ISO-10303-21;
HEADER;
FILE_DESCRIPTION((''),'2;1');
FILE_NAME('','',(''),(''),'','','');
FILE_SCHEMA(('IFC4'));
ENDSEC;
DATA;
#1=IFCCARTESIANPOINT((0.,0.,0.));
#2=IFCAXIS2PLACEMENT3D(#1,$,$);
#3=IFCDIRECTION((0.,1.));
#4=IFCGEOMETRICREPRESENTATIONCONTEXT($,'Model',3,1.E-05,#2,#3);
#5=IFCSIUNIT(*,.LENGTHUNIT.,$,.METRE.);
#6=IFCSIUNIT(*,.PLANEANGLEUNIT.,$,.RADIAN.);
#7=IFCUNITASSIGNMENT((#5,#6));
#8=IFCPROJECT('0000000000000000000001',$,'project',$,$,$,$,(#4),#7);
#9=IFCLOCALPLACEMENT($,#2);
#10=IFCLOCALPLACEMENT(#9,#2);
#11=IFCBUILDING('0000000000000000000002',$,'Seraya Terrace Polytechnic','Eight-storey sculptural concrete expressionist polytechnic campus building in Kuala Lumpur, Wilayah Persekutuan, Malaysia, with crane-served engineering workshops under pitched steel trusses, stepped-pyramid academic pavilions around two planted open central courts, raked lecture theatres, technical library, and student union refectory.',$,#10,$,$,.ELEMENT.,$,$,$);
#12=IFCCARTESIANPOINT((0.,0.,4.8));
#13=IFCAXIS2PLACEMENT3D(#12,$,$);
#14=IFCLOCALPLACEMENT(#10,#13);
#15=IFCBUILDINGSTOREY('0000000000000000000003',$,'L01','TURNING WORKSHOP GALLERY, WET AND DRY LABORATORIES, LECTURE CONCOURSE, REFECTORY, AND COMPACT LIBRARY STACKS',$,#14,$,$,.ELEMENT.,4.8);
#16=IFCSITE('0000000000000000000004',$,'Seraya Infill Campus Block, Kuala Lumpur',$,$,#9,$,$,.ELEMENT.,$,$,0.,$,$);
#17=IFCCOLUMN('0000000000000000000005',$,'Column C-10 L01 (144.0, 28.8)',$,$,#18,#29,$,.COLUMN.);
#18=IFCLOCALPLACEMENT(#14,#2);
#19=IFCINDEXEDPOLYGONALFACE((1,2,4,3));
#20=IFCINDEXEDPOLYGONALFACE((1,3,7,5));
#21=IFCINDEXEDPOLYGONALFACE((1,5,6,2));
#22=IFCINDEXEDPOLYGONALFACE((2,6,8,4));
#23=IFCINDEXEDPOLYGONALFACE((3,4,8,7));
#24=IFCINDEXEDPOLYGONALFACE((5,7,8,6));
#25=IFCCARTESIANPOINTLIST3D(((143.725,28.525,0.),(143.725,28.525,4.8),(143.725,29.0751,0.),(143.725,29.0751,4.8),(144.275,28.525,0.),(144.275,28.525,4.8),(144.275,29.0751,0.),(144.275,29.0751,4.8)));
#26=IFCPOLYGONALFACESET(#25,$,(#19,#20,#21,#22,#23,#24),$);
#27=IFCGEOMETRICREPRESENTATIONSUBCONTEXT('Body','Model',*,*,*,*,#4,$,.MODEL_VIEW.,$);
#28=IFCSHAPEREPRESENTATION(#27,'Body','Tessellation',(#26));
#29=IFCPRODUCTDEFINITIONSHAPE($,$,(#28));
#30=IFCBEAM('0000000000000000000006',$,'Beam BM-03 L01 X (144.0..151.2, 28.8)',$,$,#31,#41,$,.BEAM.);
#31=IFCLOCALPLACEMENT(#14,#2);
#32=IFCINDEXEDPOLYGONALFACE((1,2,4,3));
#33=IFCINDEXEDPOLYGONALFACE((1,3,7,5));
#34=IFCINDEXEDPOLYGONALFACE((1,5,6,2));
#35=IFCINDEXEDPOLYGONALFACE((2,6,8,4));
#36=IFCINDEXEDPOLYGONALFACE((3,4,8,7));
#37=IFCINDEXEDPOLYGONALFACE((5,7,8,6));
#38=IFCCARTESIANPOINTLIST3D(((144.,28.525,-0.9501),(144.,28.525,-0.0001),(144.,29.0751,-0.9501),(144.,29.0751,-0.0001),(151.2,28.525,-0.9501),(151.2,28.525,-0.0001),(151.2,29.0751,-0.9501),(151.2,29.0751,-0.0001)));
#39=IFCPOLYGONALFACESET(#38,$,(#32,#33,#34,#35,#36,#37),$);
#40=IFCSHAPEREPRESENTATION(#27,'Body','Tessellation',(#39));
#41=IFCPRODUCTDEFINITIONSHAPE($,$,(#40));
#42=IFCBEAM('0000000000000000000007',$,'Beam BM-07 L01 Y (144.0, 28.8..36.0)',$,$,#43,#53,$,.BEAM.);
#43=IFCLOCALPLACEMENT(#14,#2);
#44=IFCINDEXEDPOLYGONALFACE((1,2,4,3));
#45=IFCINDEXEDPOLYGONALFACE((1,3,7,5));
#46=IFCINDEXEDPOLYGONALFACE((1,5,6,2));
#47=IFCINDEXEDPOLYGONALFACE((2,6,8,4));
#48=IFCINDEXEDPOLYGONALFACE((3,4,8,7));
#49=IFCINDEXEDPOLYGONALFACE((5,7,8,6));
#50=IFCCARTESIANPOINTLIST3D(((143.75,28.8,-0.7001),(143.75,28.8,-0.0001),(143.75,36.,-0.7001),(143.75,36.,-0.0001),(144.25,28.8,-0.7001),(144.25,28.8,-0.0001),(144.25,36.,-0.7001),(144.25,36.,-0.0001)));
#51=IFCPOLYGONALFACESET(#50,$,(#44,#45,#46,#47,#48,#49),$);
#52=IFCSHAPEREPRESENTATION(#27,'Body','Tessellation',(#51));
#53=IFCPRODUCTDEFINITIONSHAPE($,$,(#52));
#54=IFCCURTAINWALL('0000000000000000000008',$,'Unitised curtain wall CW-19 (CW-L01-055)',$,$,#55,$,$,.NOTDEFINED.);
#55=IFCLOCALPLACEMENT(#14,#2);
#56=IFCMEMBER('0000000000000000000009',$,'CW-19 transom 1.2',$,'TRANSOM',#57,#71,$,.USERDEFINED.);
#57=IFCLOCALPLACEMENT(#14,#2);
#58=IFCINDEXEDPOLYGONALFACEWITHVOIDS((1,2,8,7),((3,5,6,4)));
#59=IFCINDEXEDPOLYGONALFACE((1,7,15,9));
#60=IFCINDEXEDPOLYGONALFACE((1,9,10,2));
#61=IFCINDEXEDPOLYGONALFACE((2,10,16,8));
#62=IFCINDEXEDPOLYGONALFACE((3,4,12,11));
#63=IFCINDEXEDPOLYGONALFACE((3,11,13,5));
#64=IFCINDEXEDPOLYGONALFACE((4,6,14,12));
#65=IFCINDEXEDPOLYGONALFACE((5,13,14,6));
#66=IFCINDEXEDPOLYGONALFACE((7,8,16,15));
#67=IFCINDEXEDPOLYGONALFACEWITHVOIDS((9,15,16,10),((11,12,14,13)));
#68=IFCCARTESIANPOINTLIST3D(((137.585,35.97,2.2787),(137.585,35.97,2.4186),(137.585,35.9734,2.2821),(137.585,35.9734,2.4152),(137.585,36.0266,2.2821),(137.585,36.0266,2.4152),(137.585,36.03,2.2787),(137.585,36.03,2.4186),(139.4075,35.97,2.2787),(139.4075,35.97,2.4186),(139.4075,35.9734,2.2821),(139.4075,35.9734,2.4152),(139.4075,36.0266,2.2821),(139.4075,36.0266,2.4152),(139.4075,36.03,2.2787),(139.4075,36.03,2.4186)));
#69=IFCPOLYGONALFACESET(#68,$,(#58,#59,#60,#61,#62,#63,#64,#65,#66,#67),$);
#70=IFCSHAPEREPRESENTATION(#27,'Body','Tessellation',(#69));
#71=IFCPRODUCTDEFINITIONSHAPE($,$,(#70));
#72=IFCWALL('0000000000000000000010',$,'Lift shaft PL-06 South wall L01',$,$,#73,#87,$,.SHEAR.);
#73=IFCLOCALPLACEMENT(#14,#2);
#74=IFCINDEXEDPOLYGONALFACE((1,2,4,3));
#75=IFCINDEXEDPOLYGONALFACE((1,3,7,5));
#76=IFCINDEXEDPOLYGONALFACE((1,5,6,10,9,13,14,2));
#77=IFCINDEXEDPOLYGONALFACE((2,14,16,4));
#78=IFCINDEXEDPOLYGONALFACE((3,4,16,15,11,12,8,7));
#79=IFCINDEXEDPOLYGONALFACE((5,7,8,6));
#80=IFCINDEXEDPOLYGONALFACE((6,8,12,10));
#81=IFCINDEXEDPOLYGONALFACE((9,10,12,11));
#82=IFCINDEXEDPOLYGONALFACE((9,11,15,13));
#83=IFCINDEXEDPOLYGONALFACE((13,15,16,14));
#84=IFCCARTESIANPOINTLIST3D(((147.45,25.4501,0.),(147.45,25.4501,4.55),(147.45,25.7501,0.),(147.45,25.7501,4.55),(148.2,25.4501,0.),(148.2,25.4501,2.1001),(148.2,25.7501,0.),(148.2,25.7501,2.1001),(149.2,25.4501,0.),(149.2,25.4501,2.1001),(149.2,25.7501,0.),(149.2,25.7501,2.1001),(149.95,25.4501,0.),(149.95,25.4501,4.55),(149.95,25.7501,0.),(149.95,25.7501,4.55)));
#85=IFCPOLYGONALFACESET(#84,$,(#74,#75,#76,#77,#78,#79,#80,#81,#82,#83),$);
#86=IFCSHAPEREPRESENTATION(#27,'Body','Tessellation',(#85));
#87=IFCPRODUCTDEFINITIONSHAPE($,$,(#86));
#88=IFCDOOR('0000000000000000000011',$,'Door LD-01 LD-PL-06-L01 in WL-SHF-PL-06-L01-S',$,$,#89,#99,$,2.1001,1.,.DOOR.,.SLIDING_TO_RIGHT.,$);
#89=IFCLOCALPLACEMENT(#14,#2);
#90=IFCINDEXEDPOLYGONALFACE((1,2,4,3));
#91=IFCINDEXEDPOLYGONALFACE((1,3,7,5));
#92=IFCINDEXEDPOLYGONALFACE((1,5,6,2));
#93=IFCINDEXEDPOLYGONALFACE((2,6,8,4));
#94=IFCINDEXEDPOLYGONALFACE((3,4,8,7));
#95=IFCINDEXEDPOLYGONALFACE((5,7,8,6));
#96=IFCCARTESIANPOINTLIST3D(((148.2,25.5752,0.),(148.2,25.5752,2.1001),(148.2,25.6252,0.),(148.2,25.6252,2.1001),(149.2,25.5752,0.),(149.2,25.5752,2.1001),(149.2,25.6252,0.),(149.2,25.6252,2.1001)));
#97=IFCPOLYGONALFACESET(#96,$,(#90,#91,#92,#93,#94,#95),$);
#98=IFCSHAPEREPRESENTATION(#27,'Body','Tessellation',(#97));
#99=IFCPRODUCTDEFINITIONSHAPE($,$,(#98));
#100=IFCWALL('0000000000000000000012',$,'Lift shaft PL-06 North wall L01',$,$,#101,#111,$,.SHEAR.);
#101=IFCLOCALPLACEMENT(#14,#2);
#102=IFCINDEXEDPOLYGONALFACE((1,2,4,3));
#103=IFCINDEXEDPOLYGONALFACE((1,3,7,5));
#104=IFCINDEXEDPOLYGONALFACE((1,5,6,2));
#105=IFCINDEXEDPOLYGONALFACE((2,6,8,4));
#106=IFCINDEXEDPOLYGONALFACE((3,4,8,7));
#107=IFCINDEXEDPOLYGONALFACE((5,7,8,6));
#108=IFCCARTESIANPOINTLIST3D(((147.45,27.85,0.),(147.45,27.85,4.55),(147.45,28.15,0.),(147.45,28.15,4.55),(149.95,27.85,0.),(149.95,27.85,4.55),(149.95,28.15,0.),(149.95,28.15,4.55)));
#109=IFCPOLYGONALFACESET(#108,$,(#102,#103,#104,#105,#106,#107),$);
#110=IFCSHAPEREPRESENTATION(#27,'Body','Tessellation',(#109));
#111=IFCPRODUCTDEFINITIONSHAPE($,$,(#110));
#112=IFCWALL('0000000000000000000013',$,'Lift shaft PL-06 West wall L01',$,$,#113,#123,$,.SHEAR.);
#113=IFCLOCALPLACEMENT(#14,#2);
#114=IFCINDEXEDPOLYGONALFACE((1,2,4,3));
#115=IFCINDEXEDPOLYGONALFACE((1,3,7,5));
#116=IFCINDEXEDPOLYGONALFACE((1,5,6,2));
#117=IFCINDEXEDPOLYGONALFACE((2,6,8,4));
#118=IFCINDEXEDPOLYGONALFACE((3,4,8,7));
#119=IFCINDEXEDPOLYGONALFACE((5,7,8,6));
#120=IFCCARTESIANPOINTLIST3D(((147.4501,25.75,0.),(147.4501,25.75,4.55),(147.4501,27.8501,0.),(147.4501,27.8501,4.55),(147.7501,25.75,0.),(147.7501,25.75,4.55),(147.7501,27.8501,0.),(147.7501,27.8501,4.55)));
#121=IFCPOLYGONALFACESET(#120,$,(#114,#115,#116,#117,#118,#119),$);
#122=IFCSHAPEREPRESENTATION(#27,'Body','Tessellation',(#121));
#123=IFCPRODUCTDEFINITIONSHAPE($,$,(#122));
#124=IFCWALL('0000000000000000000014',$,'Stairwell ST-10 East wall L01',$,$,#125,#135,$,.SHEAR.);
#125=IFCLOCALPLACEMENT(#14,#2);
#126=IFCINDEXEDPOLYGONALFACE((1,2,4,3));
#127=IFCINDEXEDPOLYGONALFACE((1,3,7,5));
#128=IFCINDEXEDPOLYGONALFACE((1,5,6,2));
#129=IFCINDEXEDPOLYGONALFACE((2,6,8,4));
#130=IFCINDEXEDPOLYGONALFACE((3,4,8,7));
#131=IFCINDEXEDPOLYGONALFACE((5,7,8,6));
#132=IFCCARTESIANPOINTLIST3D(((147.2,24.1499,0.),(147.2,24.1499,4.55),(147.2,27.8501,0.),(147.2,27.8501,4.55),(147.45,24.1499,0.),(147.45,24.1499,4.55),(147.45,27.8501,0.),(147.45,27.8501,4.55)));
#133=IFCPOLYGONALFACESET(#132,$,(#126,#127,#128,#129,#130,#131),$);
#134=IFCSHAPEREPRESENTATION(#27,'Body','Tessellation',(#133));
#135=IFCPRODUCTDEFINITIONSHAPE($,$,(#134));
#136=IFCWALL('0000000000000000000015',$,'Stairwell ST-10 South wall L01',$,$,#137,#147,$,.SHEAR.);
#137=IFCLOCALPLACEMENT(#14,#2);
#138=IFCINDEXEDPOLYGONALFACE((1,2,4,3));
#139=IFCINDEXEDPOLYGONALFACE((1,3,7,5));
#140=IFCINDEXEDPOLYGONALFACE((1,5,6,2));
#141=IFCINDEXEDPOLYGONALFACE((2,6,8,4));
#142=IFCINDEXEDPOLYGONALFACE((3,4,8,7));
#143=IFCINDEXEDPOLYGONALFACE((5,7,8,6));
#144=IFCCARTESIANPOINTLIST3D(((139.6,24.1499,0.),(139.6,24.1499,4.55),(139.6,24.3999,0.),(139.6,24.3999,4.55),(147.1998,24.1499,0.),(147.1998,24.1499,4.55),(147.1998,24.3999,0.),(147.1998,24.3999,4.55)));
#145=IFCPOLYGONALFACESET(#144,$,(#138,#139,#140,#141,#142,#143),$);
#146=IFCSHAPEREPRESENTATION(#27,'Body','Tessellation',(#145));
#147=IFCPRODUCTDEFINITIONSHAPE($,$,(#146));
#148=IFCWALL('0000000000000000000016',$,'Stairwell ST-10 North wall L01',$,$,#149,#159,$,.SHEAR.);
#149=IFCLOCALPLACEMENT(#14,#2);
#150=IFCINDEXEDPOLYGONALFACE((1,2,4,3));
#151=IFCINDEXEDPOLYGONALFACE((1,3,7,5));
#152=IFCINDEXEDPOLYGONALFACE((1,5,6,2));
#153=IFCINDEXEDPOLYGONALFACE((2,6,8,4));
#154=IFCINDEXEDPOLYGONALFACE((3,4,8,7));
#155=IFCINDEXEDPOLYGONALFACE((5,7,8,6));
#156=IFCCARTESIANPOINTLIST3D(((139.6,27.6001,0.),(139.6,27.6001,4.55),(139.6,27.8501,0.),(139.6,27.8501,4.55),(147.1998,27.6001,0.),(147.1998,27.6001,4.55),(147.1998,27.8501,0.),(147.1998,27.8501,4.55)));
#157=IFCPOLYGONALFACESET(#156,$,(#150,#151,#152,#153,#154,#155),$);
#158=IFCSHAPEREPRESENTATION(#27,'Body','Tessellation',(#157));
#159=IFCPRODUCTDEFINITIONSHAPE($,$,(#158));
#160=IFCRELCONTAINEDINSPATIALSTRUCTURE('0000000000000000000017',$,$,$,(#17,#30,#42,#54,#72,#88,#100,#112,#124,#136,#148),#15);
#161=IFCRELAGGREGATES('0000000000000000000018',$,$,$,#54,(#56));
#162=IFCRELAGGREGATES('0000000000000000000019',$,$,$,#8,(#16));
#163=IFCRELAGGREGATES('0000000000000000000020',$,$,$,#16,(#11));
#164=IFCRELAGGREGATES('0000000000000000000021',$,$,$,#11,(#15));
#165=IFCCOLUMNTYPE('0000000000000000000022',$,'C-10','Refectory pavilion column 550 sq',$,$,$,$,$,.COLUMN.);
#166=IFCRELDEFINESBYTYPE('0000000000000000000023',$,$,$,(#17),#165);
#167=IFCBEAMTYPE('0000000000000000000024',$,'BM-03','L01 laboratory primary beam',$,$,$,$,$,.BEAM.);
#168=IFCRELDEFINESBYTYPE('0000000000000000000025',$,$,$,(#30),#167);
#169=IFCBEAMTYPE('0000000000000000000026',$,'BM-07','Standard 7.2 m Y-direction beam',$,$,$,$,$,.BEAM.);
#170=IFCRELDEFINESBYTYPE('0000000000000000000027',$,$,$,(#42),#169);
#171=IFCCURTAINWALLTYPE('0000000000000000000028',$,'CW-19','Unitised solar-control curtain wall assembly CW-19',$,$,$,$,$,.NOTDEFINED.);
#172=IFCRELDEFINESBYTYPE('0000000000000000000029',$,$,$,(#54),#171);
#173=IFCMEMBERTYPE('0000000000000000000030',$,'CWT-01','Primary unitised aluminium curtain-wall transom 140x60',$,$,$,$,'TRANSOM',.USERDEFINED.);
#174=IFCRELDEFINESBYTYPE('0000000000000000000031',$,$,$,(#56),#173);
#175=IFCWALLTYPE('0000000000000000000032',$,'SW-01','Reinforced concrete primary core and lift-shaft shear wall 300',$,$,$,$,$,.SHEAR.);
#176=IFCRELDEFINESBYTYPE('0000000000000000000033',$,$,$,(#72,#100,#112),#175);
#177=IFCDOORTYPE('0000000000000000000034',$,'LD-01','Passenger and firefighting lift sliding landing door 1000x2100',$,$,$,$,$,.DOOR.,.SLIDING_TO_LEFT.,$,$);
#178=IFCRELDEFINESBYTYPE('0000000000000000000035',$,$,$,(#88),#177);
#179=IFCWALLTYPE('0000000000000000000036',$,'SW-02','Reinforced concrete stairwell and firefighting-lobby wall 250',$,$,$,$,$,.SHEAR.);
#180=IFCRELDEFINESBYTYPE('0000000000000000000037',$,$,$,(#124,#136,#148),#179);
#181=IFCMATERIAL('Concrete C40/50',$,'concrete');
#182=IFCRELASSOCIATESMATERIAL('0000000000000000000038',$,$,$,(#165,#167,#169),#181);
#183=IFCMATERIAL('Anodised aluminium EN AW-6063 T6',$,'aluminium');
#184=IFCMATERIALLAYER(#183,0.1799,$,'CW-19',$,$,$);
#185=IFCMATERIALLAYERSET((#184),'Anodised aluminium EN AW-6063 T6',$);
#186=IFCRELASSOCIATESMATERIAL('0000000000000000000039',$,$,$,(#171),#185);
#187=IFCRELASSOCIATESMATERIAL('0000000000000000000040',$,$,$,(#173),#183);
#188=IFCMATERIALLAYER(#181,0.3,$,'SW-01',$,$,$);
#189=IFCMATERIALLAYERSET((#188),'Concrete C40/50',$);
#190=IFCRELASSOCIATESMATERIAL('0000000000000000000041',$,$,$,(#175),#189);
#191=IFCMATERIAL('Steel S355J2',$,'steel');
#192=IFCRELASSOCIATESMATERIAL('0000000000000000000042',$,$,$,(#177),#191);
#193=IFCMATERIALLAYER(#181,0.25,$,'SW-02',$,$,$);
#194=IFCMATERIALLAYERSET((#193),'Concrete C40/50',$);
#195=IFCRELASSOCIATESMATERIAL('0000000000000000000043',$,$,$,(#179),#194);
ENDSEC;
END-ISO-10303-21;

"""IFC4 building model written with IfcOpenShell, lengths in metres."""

from ifc_helpers import new_model, si_unit, direction, frame, frame_2d, origin, origin_2d, place, context, subcontext, project, spatial, rectangle, hollow_rectangle, extrude, material, layer, layer_set, material_profile, profile_set, type_object, element, fill, aggregate, save


model = new_model("IFC4")

# Units and contexts
model_context = context("Model", 3, precision=1e-05, world=origin(), true_north=direction((0.0, 1.0)))
body_context = subcontext(model_context, "Body", "Model", "MODEL_VIEW")
ifc_project = project(units=[si_unit("LENGTHUNIT", "METRE"), si_unit("PLANEANGLEUNIT", "RADIAN")], contexts=[model_context])

# Site, building, storey
site_placement = place(None, origin())
site = spatial("IfcSite", under=ifc_project, at=site_placement, Name="Seraya Infill Campus Block, Kuala Lumpur", CompositionType="ELEMENT", RefElevation=0.0)
building_placement = place(site_placement, origin())
building = spatial("IfcBuilding", under=site, at=building_placement, Name="Seraya Terrace Polytechnic", Description="Eight-storey sculptural concrete expressionist polytechnic campus building in Kuala Lumpur, Wilayah Persekutuan, Malaysia, with crane-served engineering workshops under pitched steel trusses, stepped-pyramid academic pavilions around two planted open central courts, raked lecture theatres, technical library, and student union refectory.", CompositionType="ELEMENT")
storey_placement = place(building_placement, frame((0.0, 0.0, 4.8)))
storey = spatial("IfcBuildingStorey", under=building, at=storey_placement, Name="L01", Description="TURNING WORKSHOP GALLERY, WET AND DRY LABORATORIES, LECTURE CONCOURSE, REFECTORY, AND COMPACT LIBRARY STACKS", CompositionType="ELEMENT", Elevation=4.8)

# Column
ifc_material_1 = material(Name="Concrete C40/50", Category="concrete")
ifc_material_profile_1 = material_profile(ifc_material_1, rectangle(XDim=0.55, YDim=0.55, at=origin_2d()), Name="RC 550x550")
ifc_profile_set_1 = profile_set([ifc_material_profile_1], Name="Concrete C40/50")
column_type = type_object("IfcColumnType", Name="C-10", Description="Refectory pavilion column 550 sq", PredefinedType="COLUMN", material=ifc_profile_set_1)
column_placement = place(storey_placement, frame((144.0, 28.8, 0.0), z_axis=(0.0, 0.0, 1.0), x_axis=(1.0, 0.0, 0.0)))
element("IfcColumn", 1, at=column_placement, inside=storey, type_object=column_type, Name="Column C-10 L01 (144.0, 28.8)", PredefinedType="COLUMN", context=body_context, shape_type="SweptSolid", body=[
    extrude(rectangle(XDim=0.55, YDim=0.55, at=origin_2d()), origin(), (0.0, 0.0, 1.0), 4.8),
])

# Beams
ifc_material_profile_2 = material_profile(ifc_material_1, rectangle(XDim=0.55, YDim=0.95, at=origin_2d()), Name="RC 550x950")
ifc_profile_set_2 = profile_set([ifc_material_profile_2], Name="Concrete C40/50")
beam_type_1 = type_object("IfcBeamType", Name="BM-03", Description="L01 laboratory primary beam", PredefinedType="BEAM", material=ifc_profile_set_2)
beam_1_placement = place(storey_placement, frame((144.0, 28.8, -0.4751), z_axis=(1.0, 0.0, 0.0), x_axis=(0.0, 1.0, 0.0)))
element("IfcBeam", 2, at=beam_1_placement, inside=storey, type_object=beam_type_1, Name="Beam BM-03 L01 X (144.0..151.2, 28.8)", PredefinedType="BEAM", context=body_context, shape_type="SweptSolid", body=[
    extrude(rectangle(XDim=0.55, YDim=0.95, at=origin_2d()), origin(), (0.0, 0.0, 1.0), 7.2),
])
ifc_material_profile_3 = material_profile(ifc_material_1, rectangle(XDim=0.5, YDim=0.7, at=origin_2d()), Name="RC 500x700")
ifc_profile_set_3 = profile_set([ifc_material_profile_3], Name="Concrete C40/50")
beam_type_2 = type_object("IfcBeamType", Name="BM-07", Description="Standard 7.2 m Y-direction beam", PredefinedType="BEAM", material=ifc_profile_set_3)
beam_2_placement = place(storey_placement, frame((144.0, 28.8, -0.3501), z_axis=(0.0, 1.0, 0.0), x_axis=(-1.0, 0.0, 0.0)))
element("IfcBeam", 3, at=beam_2_placement, inside=storey, type_object=beam_type_2, Name="Beam BM-07 L01 Y (144.0, 28.8..36.0)", PredefinedType="BEAM", context=body_context, shape_type="SweptSolid", body=[
    extrude(rectangle(XDim=0.5, YDim=0.7, at=origin_2d()), origin(), (0.0, 0.0, 1.0), 7.2),
])

# Curtain wall, member
ifc_material_2 = material(Name="Anodised aluminium EN AW-6063 T6", Category="aluminium")
ifc_layer_1 = layer(ifc_material_2, 0.1799, Name="CW-19")
ifc_layer_set_1 = layer_set([ifc_layer_1], Name="Anodised aluminium EN AW-6063 T6")
curtain_wall_type = type_object("IfcCurtainWallType", Name="CW-19", Description="Unitised solar-control curtain wall assembly CW-19", PredefinedType="NOTDEFINED", material=ifc_layer_set_1)
curtain_wall_placement = place(storey_placement, origin())
curtain_wall = element("IfcCurtainWall", 4, at=curtain_wall_placement, inside=storey, type_object=curtain_wall_type, Name="Unitised curtain wall CW-19 (CW-L01-055)", PredefinedType="NOTDEFINED")
ifc_material_profile_4 = material_profile(ifc_material_2, hollow_rectangle(XDim=0.0601, YDim=0.1399, WallThickness=0.0034, at=origin_2d()), Name="RHS 140x60x3.5")
ifc_profile_set_4 = profile_set([ifc_material_profile_4], Name="Anodised aluminium EN AW-6063 T6")
member_type = type_object("IfcMemberType", Name="CWT-01", Description="Primary unitised aluminium curtain-wall transom 140x60", ElementType="TRANSOM", PredefinedType="USERDEFINED", material=ifc_profile_set_4)
member_placement = place(storey_placement, frame((137.585, 36.0, 2.3486), z_axis=(1.0, 0.0, 0.0), x_axis=(0.0, 1.0, 0.0)))
member = element("IfcMember", 5, at=member_placement, type_object=member_type, Name="CW-19 transom 1.2", ObjectType="TRANSOM", PredefinedType="USERDEFINED", context=body_context, shape_type="SweptSolid", body=[
    extrude(hollow_rectangle(XDim=0.0601, YDim=0.1399, WallThickness=0.0034, at=origin_2d()), origin(), (0.0, 0.0, 1.0), 1.8225),
])
aggregate(curtain_wall, [member])

# Wall, opening, door
ifc_layer_2 = layer(ifc_material_1, 0.3, Name="SW-01")
ifc_layer_set_2 = layer_set([ifc_layer_2], Name="Concrete C40/50")
wall_type_1 = type_object("IfcWallType", Name="SW-01", Description="Reinforced concrete primary core and lift-shaft shear wall 300", PredefinedType="SHEAR", material=ifc_layer_set_2)
wall_1_placement = place(storey_placement, frame((147.45, 25.6001, 0.0), z_axis=(0.0, 0.0, 1.0), x_axis=(1.0, 0.0, 0.0)))
wall_1 = element("IfcWall", 6, at=wall_1_placement, inside=storey, type_object=wall_type_1, Name="Lift shaft PL-06 South wall L01", PredefinedType="SHEAR", context=body_context, shape_type="SweptSolid", body=[
    extrude(rectangle(XDim=2.5, YDim=0.3, at=frame_2d((1.25, 0.0))), origin(), (0.0, 0.0, 1.0), 4.55),
])
opening_1_placement = place(wall_1_placement, frame((0.75, 0.0, 0.0)))
opening_1 = element("IfcOpeningElement", 7, at=opening_1_placement, cuts=wall_1, PredefinedType="OPENING", context=body_context, shape_type="SweptSolid", body=[
    extrude(rectangle(XDim=1.0, YDim=2.1001, at=frame_2d((0.5, 1.05))), frame((0.0, 0.1621, 0.0), z_axis=(0.0, -1.0, 0.0), x_axis=(1.0, 0.0, 0.0)), (0.0, 0.0, 1.0), 0.324),
])
ifc_material_3 = material(Name="Steel S355J2", Category="steel")
door_type_1 = type_object("IfcDoorType", Name="LD-01", Description="Passenger and firefighting lift sliding landing door 1000x2100", OperationType="SLIDING_TO_LEFT", PredefinedType="DOOR", material=ifc_material_3)
door_1_placement = place(opening_1_placement, frame((1.0, 0.0, 0.0), z_axis=(0.0, 0.0, 1.0), x_axis=(-1.0, 0.0, 0.0)))
door_1 = element("IfcDoor", 8, at=door_1_placement, inside=storey, type_object=door_type_1, Name="Door LD-01 LD-PL-06-L01 in WL-SHF-PL-06-L01-S", OperationType="SLIDING_TO_RIGHT", OverallHeight=2.1001, OverallWidth=1.0, PredefinedType="DOOR", context=body_context, shape_type="SweptSolid", body=[
    extrude(rectangle(XDim=1.0, YDim=2.1001, at=frame_2d((0.5, 1.05))), frame((0.0, 0.0249, 0.0), z_axis=(0.0, -1.0, 0.0), x_axis=(1.0, 0.0, 0.0)), (0.0, 0.0, 1.0), 0.05),
])
fill(opening_1, door_1)

# Walls
wall_2_placement = place(storey_placement, frame((147.45, 28.0, 0.0), z_axis=(0.0, 0.0, 1.0), x_axis=(1.0, 0.0, 0.0)))
element("IfcWall", 9, at=wall_2_placement, inside=storey, type_object=wall_type_1, Name="Lift shaft PL-06 North wall L01", PredefinedType="SHEAR", context=body_context, shape_type="SweptSolid", body=[
    extrude(rectangle(XDim=2.5, YDim=0.3, at=frame_2d((1.25, 0.0))), origin(), (0.0, 0.0, 1.0), 4.55),
])
wall_3_placement = place(storey_placement, frame((147.6001, 25.75, 0.0), z_axis=(0.0, 0.0, 1.0), x_axis=(0.0, 1.0, 0.0)))
element("IfcWall", 10, at=wall_3_placement, inside=storey, type_object=wall_type_1, Name="Lift shaft PL-06 West wall L01", PredefinedType="SHEAR", context=body_context, shape_type="SweptSolid", body=[
    extrude(rectangle(XDim=2.1001, YDim=0.3, at=frame_2d((1.05, 0.0))), origin(), (0.0, 0.0, 1.0), 4.55),
])

# Shared definitions
ifc_layer_3 = layer(ifc_material_1, 0.25, Name="SW-02")
ifc_layer_set_3 = layer_set([ifc_layer_3], Name="Concrete C40/50")
wall_type_2 = type_object("IfcWallType", Name="SW-02", Description="Reinforced concrete stairwell and firefighting-lobby wall 250", PredefinedType="SHEAR", material=ifc_layer_set_3)

# Walls
wall_4_placement = place(storey_placement, frame((147.325, 24.1499, 0.0), z_axis=(0.0, 0.0, 1.0), x_axis=(0.0, 1.0, 0.0)))
element("IfcWall", 11, at=wall_4_placement, inside=storey, type_object=wall_type_2, Name="Stairwell ST-10 East wall L01", PredefinedType="SHEAR", context=body_context, shape_type="SweptSolid", body=[
    extrude(rectangle(XDim=3.7002, YDim=0.25, at=frame_2d((1.8501, 0.0))), origin(), (0.0, 0.0, 1.0), 4.55),
])
for number, where, z_axis, x_axis, name in (
    (12, (139.6001, 24.2749, 0.0), (0.0, 0.0, 1.0), (1.0, 0.0, 0.0), "Stairwell ST-10 South wall L01"),
    (13, (139.6001, 27.7251, 0.0), (0.0, 0.0, 1.0), (1.0, 0.0, 0.0), "Stairwell ST-10 North wall L01"),
):
    element("IfcWall", number, at=place(storey_placement, frame(where, z_axis=z_axis, x_axis=x_axis)), inside=storey, type_object=wall_type_2, Name=name, PredefinedType="SHEAR", context=body_context, shape_type="SweptSolid", body=[
        extrude(rectangle(XDim=7.5999, YDim=0.25, at=frame_2d((3.7998, 0.0))), origin(), (0.0, 0.0, 1.0), 4.55),
    ])

save(model, "model.ifc")
